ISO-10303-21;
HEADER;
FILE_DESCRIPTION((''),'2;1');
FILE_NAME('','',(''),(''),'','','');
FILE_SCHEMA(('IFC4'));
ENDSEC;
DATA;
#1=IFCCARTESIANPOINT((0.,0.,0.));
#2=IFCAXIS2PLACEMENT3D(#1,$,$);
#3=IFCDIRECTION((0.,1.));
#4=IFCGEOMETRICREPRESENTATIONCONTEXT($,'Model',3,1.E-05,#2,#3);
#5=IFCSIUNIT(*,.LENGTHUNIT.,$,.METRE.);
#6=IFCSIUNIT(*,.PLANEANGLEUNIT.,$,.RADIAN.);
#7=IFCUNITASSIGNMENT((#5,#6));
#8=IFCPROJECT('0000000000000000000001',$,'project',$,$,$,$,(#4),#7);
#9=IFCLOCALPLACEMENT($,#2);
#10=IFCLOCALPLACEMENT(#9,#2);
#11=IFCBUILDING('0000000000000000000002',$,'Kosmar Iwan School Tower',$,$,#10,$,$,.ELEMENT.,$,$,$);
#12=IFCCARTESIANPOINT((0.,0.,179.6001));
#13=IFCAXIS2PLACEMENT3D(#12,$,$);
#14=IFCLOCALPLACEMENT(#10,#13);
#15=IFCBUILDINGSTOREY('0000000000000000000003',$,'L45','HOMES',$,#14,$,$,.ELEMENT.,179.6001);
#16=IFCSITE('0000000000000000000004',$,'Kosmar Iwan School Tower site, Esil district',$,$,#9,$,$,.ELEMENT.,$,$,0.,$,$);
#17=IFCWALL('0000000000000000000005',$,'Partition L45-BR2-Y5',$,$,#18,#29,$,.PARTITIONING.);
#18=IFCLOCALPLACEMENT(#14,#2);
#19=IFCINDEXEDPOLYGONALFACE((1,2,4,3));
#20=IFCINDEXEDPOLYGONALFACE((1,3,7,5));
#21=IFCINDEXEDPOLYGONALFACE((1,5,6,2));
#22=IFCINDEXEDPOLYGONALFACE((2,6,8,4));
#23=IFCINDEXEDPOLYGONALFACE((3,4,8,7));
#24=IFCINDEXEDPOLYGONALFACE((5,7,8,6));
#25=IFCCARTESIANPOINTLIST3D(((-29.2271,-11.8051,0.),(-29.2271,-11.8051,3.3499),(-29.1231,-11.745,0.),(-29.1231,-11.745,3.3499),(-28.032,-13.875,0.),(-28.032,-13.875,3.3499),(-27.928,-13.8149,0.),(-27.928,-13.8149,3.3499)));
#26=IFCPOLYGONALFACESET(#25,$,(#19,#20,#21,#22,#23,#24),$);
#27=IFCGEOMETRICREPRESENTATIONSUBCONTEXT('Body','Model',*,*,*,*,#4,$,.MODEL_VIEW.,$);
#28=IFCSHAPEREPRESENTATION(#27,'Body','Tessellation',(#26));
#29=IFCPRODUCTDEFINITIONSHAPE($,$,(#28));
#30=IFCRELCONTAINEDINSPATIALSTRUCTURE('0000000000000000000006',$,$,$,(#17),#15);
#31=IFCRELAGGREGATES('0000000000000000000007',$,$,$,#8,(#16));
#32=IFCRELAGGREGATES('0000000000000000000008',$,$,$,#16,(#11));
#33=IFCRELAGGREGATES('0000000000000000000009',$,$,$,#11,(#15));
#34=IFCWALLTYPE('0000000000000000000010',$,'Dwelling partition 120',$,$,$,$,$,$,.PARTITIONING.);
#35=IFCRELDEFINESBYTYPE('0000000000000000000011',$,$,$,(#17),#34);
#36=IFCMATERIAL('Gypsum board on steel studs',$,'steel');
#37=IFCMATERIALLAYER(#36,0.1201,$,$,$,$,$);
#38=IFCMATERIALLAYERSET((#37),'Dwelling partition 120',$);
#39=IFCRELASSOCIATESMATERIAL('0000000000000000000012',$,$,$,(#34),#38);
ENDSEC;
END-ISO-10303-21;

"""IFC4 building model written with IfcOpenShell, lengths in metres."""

from ifc_helpers import new_model, si_unit, direction, frame, frame_2d, origin, place, context, subcontext, project, spatial, rectangle, extrude, material, layer, layer_set, type_object, element, save


model = new_model("IFC4")

# Units and contexts
model_context = context("Model", 3, precision=1e-05, world=origin(), true_north=direction((0.0, 1.0)))
body_context = subcontext(model_context, "Body", "Model", "MODEL_VIEW")
ifc_project = project(units=[si_unit("LENGTHUNIT", "METRE"), si_unit("PLANEANGLEUNIT", "RADIAN")], contexts=[model_context])

# Site, building, storey
site_placement = place(None, origin())
site = spatial("IfcSite", under=ifc_project, at=site_placement, Name="Kosmar Iwan School Tower site, Esil district", CompositionType="ELEMENT", RefElevation=0.0)
building_placement = place(site_placement, origin())
building = spatial("IfcBuilding", under=site, at=building_placement, Name="Kosmar Iwan School Tower", CompositionType="ELEMENT")
storey_placement = place(building_placement, frame((0.0, 0.0, 179.6001)))
storey = spatial("IfcBuildingStorey", under=building, at=storey_placement, Name="L45", Description="HOMES", CompositionType="ELEMENT", Elevation=179.6001)

# Wall
ifc_material_1 = material(Name="Gypsum board on steel studs", Category="steel")
ifc_layer_1 = layer(ifc_material_1, 0.1201)
ifc_layer_set_1 = layer_set([ifc_layer_1], Name="Dwelling partition 120")
wall_type_1 = type_object("IfcWallType", Name="Dwelling partition 120", PredefinedType="PARTITIONING", material=ifc_layer_set_1)
wall_1_placement = place(storey_placement, frame((-27.98, -13.845, 0.0), z_axis=(0.0, 0.0, 1.0), x_axis=(-0.500017, 0.866015, 0.0)))
element("IfcWall", 1, at=wall_1_placement, inside=storey, type_object=wall_type_1, Name="Partition L45-BR2-Y5", PredefinedType="PARTITIONING", context=body_context, shape_type="SweptSolid", body=[
    extrude(rectangle(XDim=2.3901, YDim=0.1201, at=frame_2d((1.1951, 0.0))), origin(), (0.0, 0.0, 1.0), 3.3499),
])

save(model, "model.ifc")
